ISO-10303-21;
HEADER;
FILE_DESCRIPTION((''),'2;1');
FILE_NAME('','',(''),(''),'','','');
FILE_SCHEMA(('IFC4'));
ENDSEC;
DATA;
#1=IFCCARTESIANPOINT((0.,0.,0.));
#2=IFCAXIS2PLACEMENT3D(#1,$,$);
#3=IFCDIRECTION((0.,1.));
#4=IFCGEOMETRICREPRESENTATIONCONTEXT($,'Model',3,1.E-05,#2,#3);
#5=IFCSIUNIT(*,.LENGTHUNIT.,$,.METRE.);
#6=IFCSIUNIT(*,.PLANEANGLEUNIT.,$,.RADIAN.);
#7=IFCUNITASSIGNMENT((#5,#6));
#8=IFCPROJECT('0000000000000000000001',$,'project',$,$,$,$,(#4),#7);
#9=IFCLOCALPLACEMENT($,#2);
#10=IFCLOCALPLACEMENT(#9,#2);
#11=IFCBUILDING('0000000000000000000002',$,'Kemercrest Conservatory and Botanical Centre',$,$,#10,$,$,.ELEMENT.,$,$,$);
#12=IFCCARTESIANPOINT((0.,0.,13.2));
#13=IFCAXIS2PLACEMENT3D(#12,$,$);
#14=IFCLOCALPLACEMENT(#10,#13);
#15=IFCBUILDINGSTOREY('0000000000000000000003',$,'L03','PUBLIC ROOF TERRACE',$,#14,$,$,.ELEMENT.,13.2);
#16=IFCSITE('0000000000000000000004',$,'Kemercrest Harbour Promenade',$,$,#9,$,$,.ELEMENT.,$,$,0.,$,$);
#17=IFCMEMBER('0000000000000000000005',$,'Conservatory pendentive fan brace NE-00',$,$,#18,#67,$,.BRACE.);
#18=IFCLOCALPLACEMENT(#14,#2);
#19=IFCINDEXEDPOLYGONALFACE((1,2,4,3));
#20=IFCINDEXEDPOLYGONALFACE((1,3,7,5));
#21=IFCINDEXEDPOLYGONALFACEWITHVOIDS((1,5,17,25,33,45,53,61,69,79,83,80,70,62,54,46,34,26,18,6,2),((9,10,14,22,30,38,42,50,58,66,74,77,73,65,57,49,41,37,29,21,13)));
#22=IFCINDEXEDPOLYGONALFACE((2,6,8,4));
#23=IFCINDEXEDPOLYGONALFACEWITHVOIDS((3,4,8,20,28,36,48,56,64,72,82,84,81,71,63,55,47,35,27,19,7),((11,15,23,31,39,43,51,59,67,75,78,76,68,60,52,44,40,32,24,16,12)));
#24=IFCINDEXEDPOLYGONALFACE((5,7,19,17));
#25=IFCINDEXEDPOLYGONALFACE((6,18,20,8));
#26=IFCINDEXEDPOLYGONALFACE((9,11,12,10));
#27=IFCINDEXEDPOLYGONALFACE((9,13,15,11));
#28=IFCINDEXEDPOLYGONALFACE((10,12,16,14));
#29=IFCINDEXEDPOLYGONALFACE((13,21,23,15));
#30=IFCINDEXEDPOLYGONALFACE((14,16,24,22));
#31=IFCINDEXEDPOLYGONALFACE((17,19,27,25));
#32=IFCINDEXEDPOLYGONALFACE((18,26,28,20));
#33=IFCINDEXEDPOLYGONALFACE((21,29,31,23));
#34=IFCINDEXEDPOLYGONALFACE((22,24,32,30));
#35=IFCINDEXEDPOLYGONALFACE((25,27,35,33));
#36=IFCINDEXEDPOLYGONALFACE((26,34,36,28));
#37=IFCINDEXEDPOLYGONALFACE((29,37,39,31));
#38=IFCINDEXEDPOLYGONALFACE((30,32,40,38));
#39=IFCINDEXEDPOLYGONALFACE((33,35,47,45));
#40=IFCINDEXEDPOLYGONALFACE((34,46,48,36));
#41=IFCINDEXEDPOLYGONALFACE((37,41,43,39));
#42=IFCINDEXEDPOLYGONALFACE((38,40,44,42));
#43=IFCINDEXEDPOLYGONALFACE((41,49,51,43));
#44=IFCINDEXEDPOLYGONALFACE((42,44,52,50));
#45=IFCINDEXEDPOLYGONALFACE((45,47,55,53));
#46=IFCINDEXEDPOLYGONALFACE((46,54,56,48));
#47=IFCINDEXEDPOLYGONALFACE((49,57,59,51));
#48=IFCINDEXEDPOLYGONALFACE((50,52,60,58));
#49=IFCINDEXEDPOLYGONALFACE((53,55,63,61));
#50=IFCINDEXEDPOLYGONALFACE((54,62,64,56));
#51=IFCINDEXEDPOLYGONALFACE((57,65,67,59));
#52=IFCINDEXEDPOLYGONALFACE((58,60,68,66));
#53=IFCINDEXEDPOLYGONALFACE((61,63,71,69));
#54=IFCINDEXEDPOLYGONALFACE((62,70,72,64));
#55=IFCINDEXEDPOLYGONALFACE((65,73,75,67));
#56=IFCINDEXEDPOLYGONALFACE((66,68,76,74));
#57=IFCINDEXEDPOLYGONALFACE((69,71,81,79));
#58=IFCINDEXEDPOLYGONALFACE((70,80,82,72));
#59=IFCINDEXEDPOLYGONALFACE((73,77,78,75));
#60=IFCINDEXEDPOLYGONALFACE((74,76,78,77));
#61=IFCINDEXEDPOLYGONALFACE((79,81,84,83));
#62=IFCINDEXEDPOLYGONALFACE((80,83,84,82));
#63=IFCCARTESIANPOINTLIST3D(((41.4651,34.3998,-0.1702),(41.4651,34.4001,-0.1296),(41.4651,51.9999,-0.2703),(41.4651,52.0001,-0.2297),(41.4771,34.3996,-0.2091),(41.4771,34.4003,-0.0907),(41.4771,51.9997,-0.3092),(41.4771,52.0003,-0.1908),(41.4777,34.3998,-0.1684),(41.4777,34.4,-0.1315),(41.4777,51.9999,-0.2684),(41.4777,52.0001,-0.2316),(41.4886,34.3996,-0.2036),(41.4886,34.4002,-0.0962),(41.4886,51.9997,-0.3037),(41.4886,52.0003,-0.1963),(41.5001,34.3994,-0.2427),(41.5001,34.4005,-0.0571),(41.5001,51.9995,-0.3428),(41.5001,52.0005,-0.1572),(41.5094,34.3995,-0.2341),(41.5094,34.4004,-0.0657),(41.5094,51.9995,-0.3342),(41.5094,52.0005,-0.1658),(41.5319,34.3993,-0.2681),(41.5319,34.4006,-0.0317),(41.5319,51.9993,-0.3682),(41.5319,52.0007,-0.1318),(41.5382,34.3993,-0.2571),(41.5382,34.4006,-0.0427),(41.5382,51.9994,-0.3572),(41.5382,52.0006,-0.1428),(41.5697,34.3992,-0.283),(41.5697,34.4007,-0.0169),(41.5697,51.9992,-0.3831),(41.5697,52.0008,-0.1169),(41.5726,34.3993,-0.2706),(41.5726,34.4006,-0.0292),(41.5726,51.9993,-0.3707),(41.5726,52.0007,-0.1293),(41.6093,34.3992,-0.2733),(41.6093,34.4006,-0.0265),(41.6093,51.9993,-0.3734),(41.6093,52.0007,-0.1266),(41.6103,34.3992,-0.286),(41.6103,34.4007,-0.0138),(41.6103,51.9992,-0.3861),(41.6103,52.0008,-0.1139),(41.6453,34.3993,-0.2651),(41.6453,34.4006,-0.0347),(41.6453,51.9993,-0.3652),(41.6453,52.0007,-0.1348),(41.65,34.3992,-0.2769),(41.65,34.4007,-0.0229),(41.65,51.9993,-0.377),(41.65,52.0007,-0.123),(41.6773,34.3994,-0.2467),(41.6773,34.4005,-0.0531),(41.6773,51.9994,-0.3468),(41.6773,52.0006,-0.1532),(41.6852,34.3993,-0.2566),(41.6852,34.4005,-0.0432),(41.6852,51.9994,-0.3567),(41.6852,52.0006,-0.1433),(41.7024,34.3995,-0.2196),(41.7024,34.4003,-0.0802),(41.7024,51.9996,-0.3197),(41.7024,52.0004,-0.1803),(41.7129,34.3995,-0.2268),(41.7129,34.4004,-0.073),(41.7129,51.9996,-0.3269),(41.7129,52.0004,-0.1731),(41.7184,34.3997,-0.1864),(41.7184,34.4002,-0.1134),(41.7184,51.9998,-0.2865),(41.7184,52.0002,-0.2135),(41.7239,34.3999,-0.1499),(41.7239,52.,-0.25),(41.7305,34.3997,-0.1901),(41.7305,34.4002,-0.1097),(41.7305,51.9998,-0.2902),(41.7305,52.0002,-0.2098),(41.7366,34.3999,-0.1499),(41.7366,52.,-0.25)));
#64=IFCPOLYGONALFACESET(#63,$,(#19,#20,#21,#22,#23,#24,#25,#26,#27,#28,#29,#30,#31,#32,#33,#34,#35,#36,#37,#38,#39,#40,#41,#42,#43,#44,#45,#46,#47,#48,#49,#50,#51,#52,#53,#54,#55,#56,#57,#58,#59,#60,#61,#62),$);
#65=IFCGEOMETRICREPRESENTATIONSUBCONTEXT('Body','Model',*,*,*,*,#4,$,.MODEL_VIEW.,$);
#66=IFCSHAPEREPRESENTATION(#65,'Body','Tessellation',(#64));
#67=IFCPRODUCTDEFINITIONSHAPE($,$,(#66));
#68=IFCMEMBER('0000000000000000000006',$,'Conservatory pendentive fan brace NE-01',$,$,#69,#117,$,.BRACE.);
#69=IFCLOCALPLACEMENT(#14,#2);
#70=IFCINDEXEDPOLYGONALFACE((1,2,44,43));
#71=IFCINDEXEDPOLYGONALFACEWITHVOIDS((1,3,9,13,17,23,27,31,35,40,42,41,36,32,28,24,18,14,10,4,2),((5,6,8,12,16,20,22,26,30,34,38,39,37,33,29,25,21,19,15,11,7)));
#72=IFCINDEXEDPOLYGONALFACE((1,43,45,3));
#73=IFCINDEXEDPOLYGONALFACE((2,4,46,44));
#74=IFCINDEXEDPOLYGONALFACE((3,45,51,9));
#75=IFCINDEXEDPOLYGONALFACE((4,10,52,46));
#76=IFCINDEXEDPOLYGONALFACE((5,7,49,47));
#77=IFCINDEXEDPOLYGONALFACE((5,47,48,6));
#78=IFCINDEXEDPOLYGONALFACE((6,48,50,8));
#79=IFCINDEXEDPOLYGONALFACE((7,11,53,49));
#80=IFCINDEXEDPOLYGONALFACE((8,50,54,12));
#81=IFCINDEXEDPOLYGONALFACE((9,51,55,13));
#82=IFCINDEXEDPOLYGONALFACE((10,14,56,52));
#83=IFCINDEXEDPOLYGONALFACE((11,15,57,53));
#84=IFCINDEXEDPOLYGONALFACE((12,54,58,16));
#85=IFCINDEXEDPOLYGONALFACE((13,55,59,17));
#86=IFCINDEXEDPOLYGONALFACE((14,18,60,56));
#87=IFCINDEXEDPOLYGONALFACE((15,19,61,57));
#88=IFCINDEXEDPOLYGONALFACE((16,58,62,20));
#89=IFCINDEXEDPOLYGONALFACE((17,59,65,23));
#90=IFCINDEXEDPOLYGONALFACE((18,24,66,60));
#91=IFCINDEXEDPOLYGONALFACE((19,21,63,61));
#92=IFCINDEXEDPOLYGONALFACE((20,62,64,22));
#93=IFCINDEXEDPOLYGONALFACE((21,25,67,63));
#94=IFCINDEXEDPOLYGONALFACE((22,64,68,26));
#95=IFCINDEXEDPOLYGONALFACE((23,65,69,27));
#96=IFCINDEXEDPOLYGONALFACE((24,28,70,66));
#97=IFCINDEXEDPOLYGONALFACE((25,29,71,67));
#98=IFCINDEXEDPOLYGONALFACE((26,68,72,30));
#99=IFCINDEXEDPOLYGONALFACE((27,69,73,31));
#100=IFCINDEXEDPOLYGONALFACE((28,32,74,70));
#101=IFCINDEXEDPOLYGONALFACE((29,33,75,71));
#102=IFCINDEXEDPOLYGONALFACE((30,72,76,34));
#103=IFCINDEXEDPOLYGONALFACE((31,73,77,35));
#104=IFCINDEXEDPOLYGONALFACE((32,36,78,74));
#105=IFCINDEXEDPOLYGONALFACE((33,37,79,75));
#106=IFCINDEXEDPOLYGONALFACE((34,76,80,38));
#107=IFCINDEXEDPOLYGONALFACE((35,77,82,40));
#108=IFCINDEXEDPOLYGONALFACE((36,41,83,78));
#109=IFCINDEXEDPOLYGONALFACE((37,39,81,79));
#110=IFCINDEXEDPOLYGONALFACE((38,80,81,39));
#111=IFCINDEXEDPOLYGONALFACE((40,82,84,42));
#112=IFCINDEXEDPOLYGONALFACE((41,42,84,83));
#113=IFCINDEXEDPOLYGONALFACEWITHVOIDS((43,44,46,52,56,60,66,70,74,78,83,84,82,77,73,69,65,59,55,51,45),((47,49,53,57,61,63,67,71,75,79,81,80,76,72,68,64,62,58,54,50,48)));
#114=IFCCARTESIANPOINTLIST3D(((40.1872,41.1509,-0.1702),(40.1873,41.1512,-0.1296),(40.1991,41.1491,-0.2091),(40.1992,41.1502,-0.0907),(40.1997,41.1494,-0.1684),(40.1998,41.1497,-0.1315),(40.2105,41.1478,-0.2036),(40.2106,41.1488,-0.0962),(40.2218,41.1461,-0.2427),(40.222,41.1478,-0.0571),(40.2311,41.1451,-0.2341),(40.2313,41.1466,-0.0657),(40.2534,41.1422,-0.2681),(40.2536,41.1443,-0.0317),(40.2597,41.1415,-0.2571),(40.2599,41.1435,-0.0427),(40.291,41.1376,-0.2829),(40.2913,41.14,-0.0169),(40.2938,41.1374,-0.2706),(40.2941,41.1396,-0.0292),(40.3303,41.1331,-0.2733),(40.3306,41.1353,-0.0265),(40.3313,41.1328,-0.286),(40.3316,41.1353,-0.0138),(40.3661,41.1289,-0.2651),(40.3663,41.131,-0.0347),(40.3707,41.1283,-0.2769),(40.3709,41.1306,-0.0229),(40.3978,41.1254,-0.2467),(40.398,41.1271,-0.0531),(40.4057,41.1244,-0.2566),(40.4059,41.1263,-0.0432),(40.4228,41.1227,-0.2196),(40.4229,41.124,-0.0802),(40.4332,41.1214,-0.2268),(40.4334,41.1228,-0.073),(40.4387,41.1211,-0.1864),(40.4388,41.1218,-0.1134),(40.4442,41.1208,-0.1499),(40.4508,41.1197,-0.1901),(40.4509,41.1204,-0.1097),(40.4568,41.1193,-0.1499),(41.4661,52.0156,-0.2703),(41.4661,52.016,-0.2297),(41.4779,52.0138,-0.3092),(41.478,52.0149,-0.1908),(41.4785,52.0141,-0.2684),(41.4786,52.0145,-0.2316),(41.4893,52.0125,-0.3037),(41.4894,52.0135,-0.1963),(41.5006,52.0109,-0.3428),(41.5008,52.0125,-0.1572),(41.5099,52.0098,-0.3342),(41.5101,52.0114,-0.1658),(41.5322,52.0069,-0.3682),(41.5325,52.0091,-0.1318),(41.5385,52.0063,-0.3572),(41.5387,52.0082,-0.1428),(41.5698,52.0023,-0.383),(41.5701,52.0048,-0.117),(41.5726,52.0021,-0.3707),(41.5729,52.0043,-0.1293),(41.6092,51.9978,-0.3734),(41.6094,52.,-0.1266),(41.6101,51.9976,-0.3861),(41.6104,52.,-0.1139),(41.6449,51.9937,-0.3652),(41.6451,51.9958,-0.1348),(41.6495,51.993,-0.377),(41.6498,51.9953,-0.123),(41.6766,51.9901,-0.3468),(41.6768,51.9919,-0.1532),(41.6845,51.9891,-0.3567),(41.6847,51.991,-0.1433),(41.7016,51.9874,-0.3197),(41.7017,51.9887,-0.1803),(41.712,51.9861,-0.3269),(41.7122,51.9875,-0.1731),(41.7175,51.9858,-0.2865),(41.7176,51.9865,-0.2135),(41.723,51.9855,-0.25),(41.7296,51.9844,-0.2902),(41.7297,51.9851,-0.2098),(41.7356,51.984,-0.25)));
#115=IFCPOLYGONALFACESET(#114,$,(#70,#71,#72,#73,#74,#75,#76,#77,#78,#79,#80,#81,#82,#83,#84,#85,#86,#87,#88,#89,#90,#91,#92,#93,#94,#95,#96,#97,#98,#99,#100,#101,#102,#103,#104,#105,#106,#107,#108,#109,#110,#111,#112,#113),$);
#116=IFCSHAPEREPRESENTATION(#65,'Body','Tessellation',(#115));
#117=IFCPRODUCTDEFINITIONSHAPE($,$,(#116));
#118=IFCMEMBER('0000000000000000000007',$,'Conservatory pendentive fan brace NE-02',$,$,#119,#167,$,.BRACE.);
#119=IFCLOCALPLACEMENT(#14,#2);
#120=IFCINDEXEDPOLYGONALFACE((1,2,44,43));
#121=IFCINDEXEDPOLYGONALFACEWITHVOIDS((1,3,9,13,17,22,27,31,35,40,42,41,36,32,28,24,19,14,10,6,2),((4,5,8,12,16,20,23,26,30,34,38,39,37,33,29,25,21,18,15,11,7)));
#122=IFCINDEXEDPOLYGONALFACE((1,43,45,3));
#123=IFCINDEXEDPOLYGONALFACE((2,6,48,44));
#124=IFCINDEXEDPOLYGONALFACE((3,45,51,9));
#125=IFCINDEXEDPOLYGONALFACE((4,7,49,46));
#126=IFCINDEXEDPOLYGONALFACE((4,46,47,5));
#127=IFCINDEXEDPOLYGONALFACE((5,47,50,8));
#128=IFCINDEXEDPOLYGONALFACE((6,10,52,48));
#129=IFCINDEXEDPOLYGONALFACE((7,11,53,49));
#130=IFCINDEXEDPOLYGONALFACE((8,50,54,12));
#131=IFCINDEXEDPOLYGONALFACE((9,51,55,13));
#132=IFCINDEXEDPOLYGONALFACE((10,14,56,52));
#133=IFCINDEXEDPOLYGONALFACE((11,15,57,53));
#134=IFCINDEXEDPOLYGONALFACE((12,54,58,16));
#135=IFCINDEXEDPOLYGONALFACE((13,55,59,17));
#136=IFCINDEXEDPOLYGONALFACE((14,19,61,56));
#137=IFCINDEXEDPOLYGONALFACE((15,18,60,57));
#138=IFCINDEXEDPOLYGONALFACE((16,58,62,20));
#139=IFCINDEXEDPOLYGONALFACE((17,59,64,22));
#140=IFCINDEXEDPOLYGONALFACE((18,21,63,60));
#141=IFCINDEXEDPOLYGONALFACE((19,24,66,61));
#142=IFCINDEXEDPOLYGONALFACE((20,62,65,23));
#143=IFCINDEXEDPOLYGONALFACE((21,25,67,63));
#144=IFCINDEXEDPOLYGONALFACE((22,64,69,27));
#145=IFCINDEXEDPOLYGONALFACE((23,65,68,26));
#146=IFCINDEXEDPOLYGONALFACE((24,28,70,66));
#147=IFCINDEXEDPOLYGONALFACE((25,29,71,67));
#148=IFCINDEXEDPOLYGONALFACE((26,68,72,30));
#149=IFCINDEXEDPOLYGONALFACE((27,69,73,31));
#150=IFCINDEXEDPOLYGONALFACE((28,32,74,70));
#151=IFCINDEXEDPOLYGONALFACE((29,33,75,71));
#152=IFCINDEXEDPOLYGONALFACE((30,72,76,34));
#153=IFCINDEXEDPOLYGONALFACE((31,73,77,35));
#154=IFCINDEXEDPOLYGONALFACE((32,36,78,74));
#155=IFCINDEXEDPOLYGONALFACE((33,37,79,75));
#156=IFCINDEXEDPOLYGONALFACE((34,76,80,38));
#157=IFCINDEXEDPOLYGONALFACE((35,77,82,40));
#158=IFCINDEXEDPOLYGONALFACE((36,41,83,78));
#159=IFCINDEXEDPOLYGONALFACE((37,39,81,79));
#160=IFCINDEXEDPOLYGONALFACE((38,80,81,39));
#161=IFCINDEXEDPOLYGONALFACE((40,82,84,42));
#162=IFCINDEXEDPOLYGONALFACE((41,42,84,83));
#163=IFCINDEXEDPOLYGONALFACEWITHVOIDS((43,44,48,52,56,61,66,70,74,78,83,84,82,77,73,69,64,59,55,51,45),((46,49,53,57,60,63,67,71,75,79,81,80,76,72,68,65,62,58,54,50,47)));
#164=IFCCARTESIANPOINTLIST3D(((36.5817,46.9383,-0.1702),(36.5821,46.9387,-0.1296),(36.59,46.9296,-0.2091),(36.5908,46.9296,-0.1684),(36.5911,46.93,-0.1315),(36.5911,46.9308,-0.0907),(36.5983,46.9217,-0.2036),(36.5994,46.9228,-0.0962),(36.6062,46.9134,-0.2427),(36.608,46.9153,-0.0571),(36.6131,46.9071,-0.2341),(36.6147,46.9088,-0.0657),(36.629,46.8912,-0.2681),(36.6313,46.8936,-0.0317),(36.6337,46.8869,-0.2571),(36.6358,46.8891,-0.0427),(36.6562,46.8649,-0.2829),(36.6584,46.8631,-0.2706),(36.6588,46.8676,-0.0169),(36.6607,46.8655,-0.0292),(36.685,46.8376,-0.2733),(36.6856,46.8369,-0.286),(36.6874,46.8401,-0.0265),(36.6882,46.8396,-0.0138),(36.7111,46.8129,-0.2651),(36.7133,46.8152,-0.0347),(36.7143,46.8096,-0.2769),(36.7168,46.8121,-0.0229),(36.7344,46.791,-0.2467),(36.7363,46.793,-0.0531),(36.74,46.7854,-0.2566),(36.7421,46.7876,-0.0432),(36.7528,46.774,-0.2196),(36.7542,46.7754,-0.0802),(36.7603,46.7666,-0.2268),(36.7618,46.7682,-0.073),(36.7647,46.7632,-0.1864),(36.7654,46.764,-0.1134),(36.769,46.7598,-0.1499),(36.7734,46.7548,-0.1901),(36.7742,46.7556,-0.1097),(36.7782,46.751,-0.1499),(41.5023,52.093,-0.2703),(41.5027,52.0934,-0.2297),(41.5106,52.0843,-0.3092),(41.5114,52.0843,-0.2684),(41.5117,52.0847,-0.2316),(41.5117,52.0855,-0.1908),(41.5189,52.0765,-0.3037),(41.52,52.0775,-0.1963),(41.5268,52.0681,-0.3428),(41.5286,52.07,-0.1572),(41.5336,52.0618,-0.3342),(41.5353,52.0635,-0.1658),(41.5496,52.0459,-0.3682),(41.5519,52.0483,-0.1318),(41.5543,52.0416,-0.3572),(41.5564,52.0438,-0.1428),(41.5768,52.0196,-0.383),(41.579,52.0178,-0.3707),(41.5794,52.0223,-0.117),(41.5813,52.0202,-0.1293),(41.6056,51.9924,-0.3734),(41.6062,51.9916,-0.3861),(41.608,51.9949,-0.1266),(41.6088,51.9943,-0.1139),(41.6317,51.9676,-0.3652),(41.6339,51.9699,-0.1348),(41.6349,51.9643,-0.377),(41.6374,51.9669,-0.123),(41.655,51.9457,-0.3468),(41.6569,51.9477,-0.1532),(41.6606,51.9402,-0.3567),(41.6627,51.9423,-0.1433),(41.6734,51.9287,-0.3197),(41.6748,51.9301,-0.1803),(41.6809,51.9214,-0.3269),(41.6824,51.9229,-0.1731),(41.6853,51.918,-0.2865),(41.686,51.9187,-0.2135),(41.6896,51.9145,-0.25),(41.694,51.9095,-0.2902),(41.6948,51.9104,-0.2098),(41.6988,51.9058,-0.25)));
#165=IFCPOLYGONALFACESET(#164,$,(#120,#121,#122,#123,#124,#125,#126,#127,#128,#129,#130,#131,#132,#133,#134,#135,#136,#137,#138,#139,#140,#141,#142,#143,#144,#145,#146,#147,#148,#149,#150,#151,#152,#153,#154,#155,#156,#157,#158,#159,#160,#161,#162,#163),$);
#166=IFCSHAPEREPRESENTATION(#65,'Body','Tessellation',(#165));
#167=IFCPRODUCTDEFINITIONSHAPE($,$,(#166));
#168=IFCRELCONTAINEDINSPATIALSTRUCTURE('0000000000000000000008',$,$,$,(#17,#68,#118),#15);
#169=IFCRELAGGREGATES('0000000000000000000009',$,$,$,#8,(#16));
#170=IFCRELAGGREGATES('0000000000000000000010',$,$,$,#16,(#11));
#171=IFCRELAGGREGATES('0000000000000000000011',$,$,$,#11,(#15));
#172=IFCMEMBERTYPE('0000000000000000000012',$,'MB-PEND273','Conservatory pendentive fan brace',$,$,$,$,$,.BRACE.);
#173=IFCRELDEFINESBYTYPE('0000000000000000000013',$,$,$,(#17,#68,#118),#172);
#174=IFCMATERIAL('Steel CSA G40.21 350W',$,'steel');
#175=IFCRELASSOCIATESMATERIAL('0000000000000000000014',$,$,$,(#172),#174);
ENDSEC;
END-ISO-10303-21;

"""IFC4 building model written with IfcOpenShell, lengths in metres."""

from ifc_helpers import new_model, si_unit, direction, frame, origin, origin_2d, place, context, subcontext, project, spatial, hollow_circle, extrude, material, material_profile, profile_set, type_object, element, save


model = new_model("IFC4")

# Units and contexts
model_context = context("Model", 3, precision=1e-05, world=origin(), true_north=direction((0.0, 1.0)))
body_context = subcontext(model_context, "Body", "Model", "MODEL_VIEW")
ifc_project = project(units=[si_unit("LENGTHUNIT", "METRE"), si_unit("PLANEANGLEUNIT", "RADIAN")], contexts=[model_context])

# Site, building, storey
site_placement = place(None, origin())
site = spatial("IfcSite", under=ifc_project, at=site_placement, Name="Kemercrest Harbour Promenade", CompositionType="ELEMENT", RefElevation=0.0)
building_placement = place(site_placement, origin())
building = spatial("IfcBuilding", under=site, at=building_placement, Name="Kemercrest Conservatory and Botanical Centre", CompositionType="ELEMENT")
storey_placement = place(building_placement, frame((0.0, 0.0, 13.2)))
storey = spatial("IfcBuildingStorey", under=building, at=storey_placement, Name="L03", Description="PUBLIC ROOF TERRACE", CompositionType="ELEMENT", Elevation=13.2)

# Shared definitions
ifc_material_1 = material(Name="Steel CSA G40.21 350W", Category="steel")

# Members
ifc_material_profile_1 = material_profile(ifc_material_1, hollow_circle(Radius=0.1365, WallThickness=0.0127, at=origin_2d()), Name="CHS 273.1x12.7")
ifc_profile_set_1 = profile_set([ifc_material_profile_1], Name="Steel CSA G40.21 350W")
member_type_1 = type_object("IfcMemberType", Name="MB-PEND273", Description="Conservatory pendentive fan brace", PredefinedType="BRACE", material=ifc_profile_set_1)
member_1_placement = place(storey_placement, frame((41.6001, 52.0, -0.25), z_axis=(0.0, -0.999984, 0.005687), x_axis=(1.0, 0.0, 0.0)))
element("IfcMember", 1, at=member_1_placement, inside=storey, type_object=member_type_1, Name="Conservatory pendentive fan brace NE-00", PredefinedType="BRACE", context=body_context, shape_type="SweptSolid", body=[
    extrude(hollow_circle(Radius=0.1365, WallThickness=0.0127, at=origin_2d()), origin(), (0.0, 0.0, 1.0), 17.6003),
])
member_2_placement = place(storey_placement, frame((41.6001, 52.0, -0.25), z_axis=(-0.116891, -0.993103, 0.00915), x_axis=(0.993144, -0.116896, 0.0)))
element("IfcMember", 2, at=member_2_placement, inside=storey, type_object=member_type_1, Name="Conservatory pendentive fan brace NE-01", PredefinedType="BRACE", context=body_context, shape_type="SweptSolid", body=[
    extrude(hollow_circle(Radius=0.1365, WallThickness=0.0127, at=origin_2d()), origin(), (0.0, 0.0, 1.0), 10.9402),
])
member_3_placement = place(storey_placement, frame((41.6001, 52.0, -0.25), z_axis=(-0.690421, -0.723272, 0.014045), x_axis=(0.723343, -0.690489, 0.0)))
element("IfcMember", 3, at=member_3_placement, inside=storey, type_object=member_type_1, Name="Conservatory pendentive fan brace NE-02", PredefinedType="BRACE", context=body_context, shape_type="SweptSolid", body=[
    extrude(hollow_circle(Radius=0.1365, WallThickness=0.0127, at=origin_2d()), origin(), (0.0, 0.0, 1.0), 7.127),
])

save(model, "model.ifc")
